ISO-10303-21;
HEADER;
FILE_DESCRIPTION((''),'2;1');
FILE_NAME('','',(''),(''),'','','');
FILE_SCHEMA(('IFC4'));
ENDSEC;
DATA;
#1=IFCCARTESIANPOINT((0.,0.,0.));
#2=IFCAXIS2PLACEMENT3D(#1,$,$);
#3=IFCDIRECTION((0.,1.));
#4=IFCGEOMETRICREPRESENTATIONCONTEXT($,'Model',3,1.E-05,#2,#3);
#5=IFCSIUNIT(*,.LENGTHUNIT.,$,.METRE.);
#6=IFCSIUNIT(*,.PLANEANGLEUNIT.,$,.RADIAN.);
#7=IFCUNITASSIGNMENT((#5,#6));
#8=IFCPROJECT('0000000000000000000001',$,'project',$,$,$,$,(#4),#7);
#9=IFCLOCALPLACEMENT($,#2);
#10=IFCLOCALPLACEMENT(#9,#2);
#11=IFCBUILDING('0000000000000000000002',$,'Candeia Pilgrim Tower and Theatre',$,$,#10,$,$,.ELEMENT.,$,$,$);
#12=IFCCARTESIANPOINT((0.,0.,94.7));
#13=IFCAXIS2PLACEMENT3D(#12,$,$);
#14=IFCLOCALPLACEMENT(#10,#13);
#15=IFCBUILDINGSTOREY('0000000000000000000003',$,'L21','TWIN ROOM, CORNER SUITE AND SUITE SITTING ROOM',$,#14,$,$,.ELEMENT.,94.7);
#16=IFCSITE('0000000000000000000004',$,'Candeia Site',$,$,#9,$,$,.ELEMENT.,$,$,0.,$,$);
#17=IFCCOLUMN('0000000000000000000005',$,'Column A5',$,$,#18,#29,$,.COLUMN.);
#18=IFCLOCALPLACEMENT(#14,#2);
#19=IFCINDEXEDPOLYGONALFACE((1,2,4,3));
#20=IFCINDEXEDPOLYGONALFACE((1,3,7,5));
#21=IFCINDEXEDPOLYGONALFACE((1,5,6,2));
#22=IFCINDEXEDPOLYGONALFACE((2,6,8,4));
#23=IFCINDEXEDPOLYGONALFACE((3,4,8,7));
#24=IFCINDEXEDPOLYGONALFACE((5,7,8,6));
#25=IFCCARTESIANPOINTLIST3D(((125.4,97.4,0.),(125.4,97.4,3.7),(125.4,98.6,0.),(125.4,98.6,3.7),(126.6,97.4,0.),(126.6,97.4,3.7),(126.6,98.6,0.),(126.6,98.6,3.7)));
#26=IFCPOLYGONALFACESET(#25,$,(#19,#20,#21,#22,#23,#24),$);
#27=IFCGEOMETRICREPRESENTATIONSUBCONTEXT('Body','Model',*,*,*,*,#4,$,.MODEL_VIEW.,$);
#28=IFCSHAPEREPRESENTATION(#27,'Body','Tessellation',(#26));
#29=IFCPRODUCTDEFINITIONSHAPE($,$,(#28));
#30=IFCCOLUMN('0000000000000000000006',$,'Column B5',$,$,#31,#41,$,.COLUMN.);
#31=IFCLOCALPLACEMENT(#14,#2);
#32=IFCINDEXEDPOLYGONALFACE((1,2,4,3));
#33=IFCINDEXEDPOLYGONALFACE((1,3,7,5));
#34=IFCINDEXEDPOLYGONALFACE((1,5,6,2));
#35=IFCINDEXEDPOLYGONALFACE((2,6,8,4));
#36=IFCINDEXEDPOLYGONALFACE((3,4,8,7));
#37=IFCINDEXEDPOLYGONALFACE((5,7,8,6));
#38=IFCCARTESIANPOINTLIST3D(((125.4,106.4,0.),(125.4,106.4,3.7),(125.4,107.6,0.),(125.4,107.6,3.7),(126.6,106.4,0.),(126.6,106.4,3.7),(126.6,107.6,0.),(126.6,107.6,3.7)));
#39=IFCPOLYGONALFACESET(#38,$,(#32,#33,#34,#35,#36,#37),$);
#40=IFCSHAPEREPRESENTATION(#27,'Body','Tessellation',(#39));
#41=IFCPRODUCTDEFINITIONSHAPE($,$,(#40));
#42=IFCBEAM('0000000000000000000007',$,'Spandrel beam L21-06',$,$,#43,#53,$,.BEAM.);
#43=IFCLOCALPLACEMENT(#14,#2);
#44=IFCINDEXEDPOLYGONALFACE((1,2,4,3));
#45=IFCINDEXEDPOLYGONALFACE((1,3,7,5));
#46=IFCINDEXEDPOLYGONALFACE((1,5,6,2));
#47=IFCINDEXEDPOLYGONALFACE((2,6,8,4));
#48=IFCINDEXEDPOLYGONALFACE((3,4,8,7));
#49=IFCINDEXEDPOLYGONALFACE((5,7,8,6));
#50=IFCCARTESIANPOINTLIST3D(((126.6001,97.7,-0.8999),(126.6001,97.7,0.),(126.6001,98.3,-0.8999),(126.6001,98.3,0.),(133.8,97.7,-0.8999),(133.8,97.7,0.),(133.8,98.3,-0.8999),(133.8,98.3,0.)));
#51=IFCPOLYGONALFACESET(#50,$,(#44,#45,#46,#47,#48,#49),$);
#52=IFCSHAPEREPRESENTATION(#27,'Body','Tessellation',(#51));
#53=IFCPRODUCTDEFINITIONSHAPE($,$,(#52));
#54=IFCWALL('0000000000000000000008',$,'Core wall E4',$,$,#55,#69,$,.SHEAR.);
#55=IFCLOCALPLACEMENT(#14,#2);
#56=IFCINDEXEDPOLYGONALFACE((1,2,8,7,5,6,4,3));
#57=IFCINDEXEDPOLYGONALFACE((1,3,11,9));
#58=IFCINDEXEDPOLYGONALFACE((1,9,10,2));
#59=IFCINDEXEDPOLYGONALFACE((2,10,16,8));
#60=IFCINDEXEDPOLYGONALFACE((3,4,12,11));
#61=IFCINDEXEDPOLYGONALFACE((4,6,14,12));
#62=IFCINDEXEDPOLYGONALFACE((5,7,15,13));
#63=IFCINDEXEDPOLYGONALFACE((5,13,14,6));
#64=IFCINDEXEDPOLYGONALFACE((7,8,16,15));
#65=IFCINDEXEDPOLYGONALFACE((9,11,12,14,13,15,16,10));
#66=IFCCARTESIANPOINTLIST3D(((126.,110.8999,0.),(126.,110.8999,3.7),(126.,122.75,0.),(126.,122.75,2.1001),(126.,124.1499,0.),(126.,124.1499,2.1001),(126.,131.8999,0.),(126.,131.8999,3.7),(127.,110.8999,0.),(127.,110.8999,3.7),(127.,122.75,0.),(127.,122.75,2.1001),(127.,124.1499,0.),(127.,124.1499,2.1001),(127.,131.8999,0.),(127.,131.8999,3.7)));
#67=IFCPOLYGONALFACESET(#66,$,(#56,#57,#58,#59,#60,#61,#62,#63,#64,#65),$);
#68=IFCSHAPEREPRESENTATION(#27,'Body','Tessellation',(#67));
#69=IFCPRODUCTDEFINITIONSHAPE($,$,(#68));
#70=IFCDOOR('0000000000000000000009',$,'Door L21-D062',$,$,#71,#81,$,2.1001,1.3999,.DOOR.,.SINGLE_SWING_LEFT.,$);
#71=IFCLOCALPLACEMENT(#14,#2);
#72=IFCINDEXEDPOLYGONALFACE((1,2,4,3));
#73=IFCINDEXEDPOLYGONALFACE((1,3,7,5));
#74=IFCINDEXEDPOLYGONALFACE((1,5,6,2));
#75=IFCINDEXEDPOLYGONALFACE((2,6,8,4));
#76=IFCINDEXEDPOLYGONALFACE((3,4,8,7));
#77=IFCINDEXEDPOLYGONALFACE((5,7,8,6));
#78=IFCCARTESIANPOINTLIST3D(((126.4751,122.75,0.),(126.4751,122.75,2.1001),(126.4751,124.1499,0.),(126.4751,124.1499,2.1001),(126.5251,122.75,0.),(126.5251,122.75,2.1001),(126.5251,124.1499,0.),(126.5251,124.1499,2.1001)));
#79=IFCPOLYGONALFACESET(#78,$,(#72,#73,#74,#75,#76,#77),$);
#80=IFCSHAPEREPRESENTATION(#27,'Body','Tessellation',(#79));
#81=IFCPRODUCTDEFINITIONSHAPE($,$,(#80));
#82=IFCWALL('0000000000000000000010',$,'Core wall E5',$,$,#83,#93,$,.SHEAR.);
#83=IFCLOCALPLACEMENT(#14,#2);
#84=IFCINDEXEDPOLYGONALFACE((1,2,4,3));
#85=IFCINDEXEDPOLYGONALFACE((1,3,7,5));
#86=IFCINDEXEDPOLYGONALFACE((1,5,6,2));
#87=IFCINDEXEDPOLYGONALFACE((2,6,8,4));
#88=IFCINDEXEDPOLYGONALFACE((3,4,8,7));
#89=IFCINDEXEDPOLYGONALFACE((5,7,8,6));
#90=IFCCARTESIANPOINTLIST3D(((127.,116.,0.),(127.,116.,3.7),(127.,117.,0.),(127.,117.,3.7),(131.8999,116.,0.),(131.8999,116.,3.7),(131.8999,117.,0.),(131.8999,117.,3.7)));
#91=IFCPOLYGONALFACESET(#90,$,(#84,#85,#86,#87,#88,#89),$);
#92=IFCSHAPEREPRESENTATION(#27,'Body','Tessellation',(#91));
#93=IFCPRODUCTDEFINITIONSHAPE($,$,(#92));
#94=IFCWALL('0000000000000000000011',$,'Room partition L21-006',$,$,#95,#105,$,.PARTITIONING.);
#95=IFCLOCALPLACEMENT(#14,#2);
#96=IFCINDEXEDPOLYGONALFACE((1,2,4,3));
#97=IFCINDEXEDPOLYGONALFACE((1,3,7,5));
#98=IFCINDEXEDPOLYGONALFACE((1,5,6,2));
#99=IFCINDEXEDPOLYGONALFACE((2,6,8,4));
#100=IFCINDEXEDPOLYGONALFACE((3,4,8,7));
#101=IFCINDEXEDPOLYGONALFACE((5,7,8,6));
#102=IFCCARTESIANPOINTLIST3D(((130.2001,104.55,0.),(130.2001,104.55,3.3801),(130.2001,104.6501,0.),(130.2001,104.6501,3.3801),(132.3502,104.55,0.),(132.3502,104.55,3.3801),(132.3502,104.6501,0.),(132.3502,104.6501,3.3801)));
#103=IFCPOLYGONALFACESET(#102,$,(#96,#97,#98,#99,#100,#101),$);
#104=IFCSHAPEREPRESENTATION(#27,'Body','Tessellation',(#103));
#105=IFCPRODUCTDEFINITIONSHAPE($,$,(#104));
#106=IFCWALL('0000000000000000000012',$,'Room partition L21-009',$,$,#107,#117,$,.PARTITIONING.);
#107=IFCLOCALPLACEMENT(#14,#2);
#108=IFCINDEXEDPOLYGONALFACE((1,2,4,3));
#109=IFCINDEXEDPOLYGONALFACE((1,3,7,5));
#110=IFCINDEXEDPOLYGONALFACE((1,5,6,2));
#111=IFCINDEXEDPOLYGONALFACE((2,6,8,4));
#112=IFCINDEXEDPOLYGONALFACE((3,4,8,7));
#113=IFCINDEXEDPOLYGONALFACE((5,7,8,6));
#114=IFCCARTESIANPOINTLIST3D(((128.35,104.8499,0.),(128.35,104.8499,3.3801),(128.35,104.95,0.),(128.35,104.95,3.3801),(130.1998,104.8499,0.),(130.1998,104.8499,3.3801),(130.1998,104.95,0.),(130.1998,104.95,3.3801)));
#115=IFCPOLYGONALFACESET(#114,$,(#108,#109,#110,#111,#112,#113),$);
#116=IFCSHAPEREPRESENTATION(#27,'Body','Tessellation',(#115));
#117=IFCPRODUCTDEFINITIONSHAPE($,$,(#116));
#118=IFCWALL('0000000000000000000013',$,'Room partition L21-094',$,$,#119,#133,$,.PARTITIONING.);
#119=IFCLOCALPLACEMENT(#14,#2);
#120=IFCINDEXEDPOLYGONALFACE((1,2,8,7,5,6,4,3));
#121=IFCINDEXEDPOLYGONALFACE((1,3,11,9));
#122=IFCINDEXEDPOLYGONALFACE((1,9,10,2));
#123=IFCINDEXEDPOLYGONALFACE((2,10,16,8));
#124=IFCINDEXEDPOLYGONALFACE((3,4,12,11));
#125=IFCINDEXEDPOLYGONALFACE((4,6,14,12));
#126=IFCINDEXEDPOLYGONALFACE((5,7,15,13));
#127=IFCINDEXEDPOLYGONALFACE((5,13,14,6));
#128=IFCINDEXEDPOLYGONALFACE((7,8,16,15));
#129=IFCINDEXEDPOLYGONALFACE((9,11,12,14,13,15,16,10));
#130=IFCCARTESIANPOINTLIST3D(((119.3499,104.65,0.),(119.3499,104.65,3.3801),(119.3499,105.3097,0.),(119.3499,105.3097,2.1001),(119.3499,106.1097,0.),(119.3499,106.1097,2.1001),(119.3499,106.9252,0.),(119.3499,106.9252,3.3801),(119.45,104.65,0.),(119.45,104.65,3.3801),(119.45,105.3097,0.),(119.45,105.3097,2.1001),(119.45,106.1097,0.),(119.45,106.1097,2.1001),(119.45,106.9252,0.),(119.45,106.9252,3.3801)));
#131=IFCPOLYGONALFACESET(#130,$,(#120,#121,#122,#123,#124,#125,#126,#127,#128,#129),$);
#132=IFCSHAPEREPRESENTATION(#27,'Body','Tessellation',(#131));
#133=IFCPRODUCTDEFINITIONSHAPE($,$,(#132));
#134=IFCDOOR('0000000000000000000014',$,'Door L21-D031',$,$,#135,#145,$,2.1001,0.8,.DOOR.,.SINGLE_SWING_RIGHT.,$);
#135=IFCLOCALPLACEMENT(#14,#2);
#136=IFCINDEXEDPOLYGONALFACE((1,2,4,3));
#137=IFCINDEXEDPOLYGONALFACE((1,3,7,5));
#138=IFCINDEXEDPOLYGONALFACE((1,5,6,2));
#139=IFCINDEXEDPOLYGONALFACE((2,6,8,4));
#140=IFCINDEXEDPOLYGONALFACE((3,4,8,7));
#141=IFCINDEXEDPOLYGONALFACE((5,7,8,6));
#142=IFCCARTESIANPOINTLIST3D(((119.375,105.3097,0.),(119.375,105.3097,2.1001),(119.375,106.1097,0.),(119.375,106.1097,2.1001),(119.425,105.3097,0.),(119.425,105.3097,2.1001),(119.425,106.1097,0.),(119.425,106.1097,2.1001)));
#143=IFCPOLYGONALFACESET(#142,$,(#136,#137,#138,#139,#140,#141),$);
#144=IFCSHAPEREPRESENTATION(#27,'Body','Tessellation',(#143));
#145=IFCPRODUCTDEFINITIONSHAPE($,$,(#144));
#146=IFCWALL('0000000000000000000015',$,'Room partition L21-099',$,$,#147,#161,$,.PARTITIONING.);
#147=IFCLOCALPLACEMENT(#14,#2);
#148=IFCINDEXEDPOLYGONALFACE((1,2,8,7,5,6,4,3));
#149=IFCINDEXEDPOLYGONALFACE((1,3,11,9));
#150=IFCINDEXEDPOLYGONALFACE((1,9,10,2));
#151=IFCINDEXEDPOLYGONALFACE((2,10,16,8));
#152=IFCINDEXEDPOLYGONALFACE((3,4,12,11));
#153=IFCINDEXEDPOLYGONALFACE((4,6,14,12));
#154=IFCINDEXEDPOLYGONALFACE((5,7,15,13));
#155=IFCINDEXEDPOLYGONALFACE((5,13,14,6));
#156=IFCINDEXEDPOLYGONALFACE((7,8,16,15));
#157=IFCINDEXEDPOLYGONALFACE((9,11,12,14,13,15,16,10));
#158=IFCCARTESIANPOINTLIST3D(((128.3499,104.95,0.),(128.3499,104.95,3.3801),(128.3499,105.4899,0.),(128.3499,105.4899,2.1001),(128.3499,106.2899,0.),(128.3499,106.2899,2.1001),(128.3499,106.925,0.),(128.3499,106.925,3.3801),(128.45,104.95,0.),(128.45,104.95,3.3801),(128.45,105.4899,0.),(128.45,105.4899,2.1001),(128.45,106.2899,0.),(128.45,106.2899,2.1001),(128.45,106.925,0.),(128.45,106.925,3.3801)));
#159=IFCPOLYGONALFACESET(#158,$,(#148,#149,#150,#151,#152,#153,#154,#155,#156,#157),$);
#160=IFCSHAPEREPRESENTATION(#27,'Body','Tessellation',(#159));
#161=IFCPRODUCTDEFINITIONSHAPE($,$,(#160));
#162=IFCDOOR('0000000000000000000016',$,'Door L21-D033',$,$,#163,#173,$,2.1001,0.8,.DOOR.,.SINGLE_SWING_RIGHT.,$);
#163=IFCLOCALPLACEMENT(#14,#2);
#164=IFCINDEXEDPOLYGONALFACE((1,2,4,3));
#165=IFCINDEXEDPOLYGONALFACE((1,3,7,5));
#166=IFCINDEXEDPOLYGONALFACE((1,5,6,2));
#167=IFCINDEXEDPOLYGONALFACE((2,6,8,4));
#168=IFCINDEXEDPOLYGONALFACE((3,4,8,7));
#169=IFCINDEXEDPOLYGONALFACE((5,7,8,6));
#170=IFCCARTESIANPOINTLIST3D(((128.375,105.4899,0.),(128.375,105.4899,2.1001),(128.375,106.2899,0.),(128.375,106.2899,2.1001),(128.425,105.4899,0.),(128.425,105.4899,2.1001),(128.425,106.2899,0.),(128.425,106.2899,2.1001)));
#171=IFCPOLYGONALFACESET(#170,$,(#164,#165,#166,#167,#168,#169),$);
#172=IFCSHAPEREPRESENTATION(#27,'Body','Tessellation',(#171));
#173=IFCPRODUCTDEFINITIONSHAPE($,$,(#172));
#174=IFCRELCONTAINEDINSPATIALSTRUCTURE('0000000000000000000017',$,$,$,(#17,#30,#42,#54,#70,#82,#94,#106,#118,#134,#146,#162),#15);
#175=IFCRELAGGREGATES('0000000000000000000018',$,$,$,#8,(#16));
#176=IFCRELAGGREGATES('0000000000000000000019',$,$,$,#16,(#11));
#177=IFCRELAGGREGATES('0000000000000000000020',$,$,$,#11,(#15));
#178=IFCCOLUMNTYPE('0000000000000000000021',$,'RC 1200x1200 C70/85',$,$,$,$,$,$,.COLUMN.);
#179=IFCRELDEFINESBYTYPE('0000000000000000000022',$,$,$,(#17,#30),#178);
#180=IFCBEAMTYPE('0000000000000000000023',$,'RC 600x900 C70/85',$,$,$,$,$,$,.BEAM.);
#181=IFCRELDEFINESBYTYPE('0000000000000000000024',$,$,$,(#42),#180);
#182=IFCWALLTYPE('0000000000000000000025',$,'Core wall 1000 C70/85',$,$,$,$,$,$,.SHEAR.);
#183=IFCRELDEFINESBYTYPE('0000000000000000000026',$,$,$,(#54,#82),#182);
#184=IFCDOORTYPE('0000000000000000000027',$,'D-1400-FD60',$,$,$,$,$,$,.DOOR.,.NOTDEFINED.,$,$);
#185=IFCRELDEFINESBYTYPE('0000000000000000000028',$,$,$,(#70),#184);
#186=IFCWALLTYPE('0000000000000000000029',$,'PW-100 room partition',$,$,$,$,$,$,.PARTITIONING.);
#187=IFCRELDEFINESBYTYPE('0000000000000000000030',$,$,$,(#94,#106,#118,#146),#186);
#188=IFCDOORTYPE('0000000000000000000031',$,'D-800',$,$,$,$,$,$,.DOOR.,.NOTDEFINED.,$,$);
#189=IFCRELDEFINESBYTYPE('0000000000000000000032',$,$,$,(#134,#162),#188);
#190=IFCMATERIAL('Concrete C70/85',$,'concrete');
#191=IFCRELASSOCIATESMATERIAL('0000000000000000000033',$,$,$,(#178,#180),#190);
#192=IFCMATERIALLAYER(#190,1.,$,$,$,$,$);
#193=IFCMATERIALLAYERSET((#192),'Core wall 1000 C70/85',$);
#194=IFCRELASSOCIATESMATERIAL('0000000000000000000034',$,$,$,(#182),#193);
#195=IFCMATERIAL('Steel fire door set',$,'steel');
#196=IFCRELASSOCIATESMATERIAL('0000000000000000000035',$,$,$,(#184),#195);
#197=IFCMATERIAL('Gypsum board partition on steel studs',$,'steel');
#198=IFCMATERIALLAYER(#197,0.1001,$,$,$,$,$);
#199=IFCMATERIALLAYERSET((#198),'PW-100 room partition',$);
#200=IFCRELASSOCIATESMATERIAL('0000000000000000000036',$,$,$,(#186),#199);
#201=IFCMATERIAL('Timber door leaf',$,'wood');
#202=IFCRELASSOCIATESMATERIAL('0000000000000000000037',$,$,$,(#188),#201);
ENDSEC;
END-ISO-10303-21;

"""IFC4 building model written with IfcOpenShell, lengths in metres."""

from ifc_helpers import new_model, si_unit, direction, frame, frame_2d, origin, origin_2d, place, context, subcontext, project, spatial, rectangle, extrude, material, layer, layer_set, material_profile, profile_set, type_object, element, fill, save


model = new_model("IFC4")

# Units and contexts
model_context = context("Model", 3, precision=1e-05, world=origin(), true_north=direction((0.0, 1.0)))
body_context = subcontext(model_context, "Body", "Model", "MODEL_VIEW")
ifc_project = project(units=[si_unit("LENGTHUNIT", "METRE"), si_unit("PLANEANGLEUNIT", "RADIAN")], contexts=[model_context])

# Site, building, storey
site_placement = place(None, origin())
site = spatial("IfcSite", under=ifc_project, at=site_placement, Name="Candeia Site", CompositionType="ELEMENT", RefElevation=0.0)
building_placement = place(site_placement, origin())
building = spatial("IfcBuilding", under=site, at=building_placement, Name="Candeia Pilgrim Tower and Theatre", CompositionType="ELEMENT")
storey_placement = place(building_placement, frame((0.0, 0.0, 94.7)))
storey = spatial("IfcBuildingStorey", under=building, at=storey_placement, Name="L21", Description="TWIN ROOM, CORNER SUITE AND SUITE SITTING ROOM", CompositionType="ELEMENT", Elevation=94.7)

# Columns
ifc_material_1 = material(Name="Concrete C70/85", Category="concrete")
ifc_material_profile_1 = material_profile(ifc_material_1, rectangle(XDim=1.2, YDim=1.2, at=origin_2d()))
ifc_profile_set_1 = profile_set([ifc_material_profile_1], Name="Concrete C70/85")
column_type = type_object("IfcColumnType", Name="RC 1200x1200 C70/85", PredefinedType="COLUMN", material=ifc_profile_set_1)
for number, where, z_axis, x_axis, name in (
    (1, (126.0, 98.0, 0.0), (0.0, 0.0, 1.0), (1.0, 0.0, 0.0), "Column A5"),
    (2, (126.0, 107.0, 0.0), (0.0, 0.0, 1.0), (1.0, 0.0, 0.0), "Column B5"),
):
    element("IfcColumn", number, at=place(storey_placement, frame(where, z_axis=z_axis, x_axis=x_axis)), inside=storey, type_object=column_type, Name=name, PredefinedType="COLUMN", context=body_context, shape_type="SweptSolid", body=[
        extrude(rectangle(XDim=1.2, YDim=1.2, at=origin_2d()), origin(), (0.0, 0.0, 1.0), 3.7),
    ])

# Beam
ifc_material_profile_2 = material_profile(ifc_material_1, rectangle(XDim=0.6001, YDim=0.8999, at=origin_2d()))
ifc_profile_set_2 = profile_set([ifc_material_profile_2], Name="Concrete C70/85")
beam_type = type_object("IfcBeamType", Name="RC 600x900 C70/85", PredefinedType="BEAM", material=ifc_profile_set_2)
beam_placement = place(storey_placement, frame((126.6001, 98.0, -0.45), z_axis=(1.0, 0.0, 0.0), x_axis=(0.0, 1.0, 0.0)))
element("IfcBeam", 3, at=beam_placement, inside=storey, type_object=beam_type, Name="Spandrel beam L21-06", PredefinedType="BEAM", context=body_context, shape_type="SweptSolid", body=[
    extrude(rectangle(XDim=0.6001, YDim=0.8999, at=origin_2d()), origin(), (0.0, 0.0, 1.0), 7.2),
])

# Wall, opening, door
ifc_layer_1 = layer(ifc_material_1, 1.0)
ifc_layer_set_1 = layer_set([ifc_layer_1], Name="Core wall 1000 C70/85")
wall_type_1 = type_object("IfcWallType", Name="Core wall 1000 C70/85", PredefinedType="SHEAR", material=ifc_layer_set_1)
wall_1_placement = place(storey_placement, frame((126.5, 110.8999, 0.0), z_axis=(0.0, 0.0, 1.0), x_axis=(0.0, 1.0, 0.0)))
wall_1 = element("IfcWall", 4, at=wall_1_placement, inside=storey, type_object=wall_type_1, Name="Core wall E4", PredefinedType="SHEAR", context=body_context, shape_type="SweptSolid", body=[
    extrude(rectangle(XDim=21.0, YDim=1.0, at=frame_2d((10.5, 0.0))), origin(), (0.0, 0.0, 1.0), 3.7),
])
opening_1_placement = place(wall_1_placement, frame((11.8501, 0.0, 0.0)))
opening_1 = element("IfcOpeningElement", 5, at=opening_1_placement, cuts=wall_1, PredefinedType="OPENING", context=body_context, shape_type="SweptSolid", body=[
    extrude(rectangle(XDim=1.3999, YDim=2.1001, at=frame_2d((0.7, 1.05))), frame((0.0, 0.51, 0.0), z_axis=(0.0, -1.0, 0.0), x_axis=(1.0, 0.0, 0.0)), (0.0, 0.0, 1.0), 1.02),
])
ifc_material_2 = material(Name="Steel fire door set", Category="steel")
door_type_1 = type_object("IfcDoorType", Name="D-1400-FD60", OperationType="NOTDEFINED", PredefinedType="DOOR", material=ifc_material_2)
door_1_placement = place(opening_1_placement, origin())
door_1 = element("IfcDoor", 6, at=door_1_placement, inside=storey, type_object=door_type_1, Name="Door L21-D062", OperationType="SINGLE_SWING_LEFT", OverallHeight=2.1001, OverallWidth=1.3999, PredefinedType="DOOR", context=body_context, shape_type="SweptSolid", body=[
    extrude(rectangle(XDim=1.3999, YDim=2.1001, at=frame_2d((0.7, 1.05))), frame((0.0, 0.0249, 0.0), z_axis=(0.0, -1.0, 0.0), x_axis=(1.0, 0.0, 0.0)), (0.0, 0.0, 1.0), 0.05),
])
fill(opening_1, door_1)

# Walls
wall_2_placement = place(storey_placement, frame((127.0, 116.5, 0.0), z_axis=(0.0, 0.0, 1.0), x_axis=(1.0, 0.0, 0.0)))
element("IfcWall", 7, at=wall_2_placement, inside=storey, type_object=wall_type_1, Name="Core wall E5", PredefinedType="SHEAR", context=body_context, shape_type="SweptSolid", body=[
    extrude(rectangle(XDim=4.8999, YDim=1.0, at=frame_2d((2.45, 0.0))), origin(), (0.0, 0.0, 1.0), 3.7),
])
ifc_material_3 = material(Name="Gypsum board partition on steel studs", Category="steel")
ifc_layer_2 = layer(ifc_material_3, 0.1001)
ifc_layer_set_2 = layer_set([ifc_layer_2], Name="PW-100 room partition")
wall_type_2 = type_object("IfcWallType", Name="PW-100 room partition", PredefinedType="PARTITIONING", material=ifc_layer_set_2)
wall_3_placement = place(storey_placement, frame((130.2, 104.6001, 0.0), z_axis=(0.0, 0.0, 1.0), x_axis=(1.0, 0.0, 0.0)))
element("IfcWall", 8, at=wall_3_placement, inside=storey, type_object=wall_type_2, Name="Room partition L21-006", PredefinedType="PARTITIONING", context=body_context, shape_type="SweptSolid", body=[
    extrude(rectangle(XDim=2.1501, YDim=0.1001, at=frame_2d((1.0752, 0.0))), origin(), (0.0, 0.0, 1.0), 3.3801),
])
wall_4_placement = place(storey_placement, frame((128.3501, 104.8999, 0.0), z_axis=(0.0, 0.0, 1.0), x_axis=(1.0, 0.0, 0.0)))
element("IfcWall", 9, at=wall_4_placement, inside=storey, type_object=wall_type_2, Name="Room partition L21-009", PredefinedType="PARTITIONING", context=body_context, shape_type="SweptSolid", body=[
    extrude(rectangle(XDim=1.8499, YDim=0.1001, at=frame_2d((0.9248, 0.0))), origin(), (0.0, 0.0, 1.0), 3.3801),
])

# Walls, openings, doors
wall_5_placement = place(storey_placement, frame((119.3999, 104.6499, 0.0), z_axis=(0.0, 0.0, 1.0), x_axis=(0.0, 1.0, 0.0)))
wall_5 = element("IfcWall", 10, at=wall_5_placement, inside=storey, type_object=wall_type_2, Name="Room partition L21-094", PredefinedType="PARTITIONING", context=body_context, shape_type="SweptSolid", body=[
    extrude(rectangle(XDim=2.2751, YDim=0.1001, at=frame_2d((1.1377, 0.0))), origin(), (0.0, 0.0, 1.0), 3.3801),
])
opening_2_placement = place(wall_5_placement, frame((0.6599, 0.0, 0.0)))
opening_2 = element("IfcOpeningElement", 11, at=opening_2_placement, cuts=wall_5, PredefinedType="OPENING", context=body_context, shape_type="SweptSolid", body=[
    extrude(rectangle(XDim=0.8, YDim=2.1001, at=frame_2d((0.3999, 1.05))), frame((0.0, 0.0601, 0.0), z_axis=(0.0, -1.0, 0.0), x_axis=(1.0, 0.0, 0.0)), (0.0, 0.0, 1.0), 0.1201),
])
ifc_material_4 = material(Name="Timber door leaf", Category="wood")
door_type_2 = type_object("IfcDoorType", Name="D-800", OperationType="NOTDEFINED", PredefinedType="DOOR", material=ifc_material_4)
door_2_placement = place(opening_2_placement, origin())
door_2 = element("IfcDoor", 12, at=door_2_placement, inside=storey, type_object=door_type_2, Name="Door L21-D031", OperationType="SINGLE_SWING_RIGHT", OverallHeight=2.1001, OverallWidth=0.8, PredefinedType="DOOR", context=body_context, shape_type="SweptSolid", body=[
    extrude(rectangle(XDim=0.8, YDim=2.1001, at=frame_2d((0.3999, 1.05))), frame((0.0, 0.0249, 0.0), z_axis=(0.0, -1.0, 0.0), x_axis=(1.0, 0.0, 0.0)), (0.0, 0.0, 1.0), 0.05),
])
fill(opening_2, door_2)
wall_6_placement = place(storey_placement, frame((128.3999, 104.95, 0.0), z_axis=(0.0, 0.0, 1.0), x_axis=(0.0, 1.0, 0.0)))
wall_6 = element("IfcWall", 13, at=wall_6_placement, inside=storey, type_object=wall_type_2, Name="Room partition L21-099", PredefinedType="PARTITIONING", context=body_context, shape_type="SweptSolid", body=[
    extrude(rectangle(XDim=1.9751, YDim=0.1001, at=frame_2d((0.9875, 0.0))), origin(), (0.0, 0.0, 1.0), 3.3801),
])
opening_3_placement = place(wall_6_placement, frame((0.54, 0.0, 0.0)))
opening_3 = element("IfcOpeningElement", 14, at=opening_3_placement, cuts=wall_6, PredefinedType="OPENING", context=body_context, shape_type="SweptSolid", body=[
    extrude(rectangle(XDim=0.8, YDim=2.1001, at=frame_2d((0.3999, 1.05))), frame((0.0, 0.0601, 0.0), z_axis=(0.0, -1.0, 0.0), x_axis=(1.0, 0.0, 0.0)), (0.0, 0.0, 1.0), 0.1201),
])
door_3_placement = place(opening_3_placement, origin())
door_3 = element("IfcDoor", 15, at=door_3_placement, inside=storey, type_object=door_type_2, Name="Door L21-D033", OperationType="SINGLE_SWING_RIGHT", OverallHeight=2.1001, OverallWidth=0.8, PredefinedType="DOOR", context=body_context, shape_type="SweptSolid", body=[
    extrude(rectangle(XDim=0.8, YDim=2.1001, at=frame_2d((0.3999, 1.05))), frame((0.0, 0.0249, 0.0), z_axis=(0.0, -1.0, 0.0), x_axis=(1.0, 0.0, 0.0)), (0.0, 0.0, 1.0), 0.05),
])
fill(opening_3, door_3)

save(model, "model.ifc")
